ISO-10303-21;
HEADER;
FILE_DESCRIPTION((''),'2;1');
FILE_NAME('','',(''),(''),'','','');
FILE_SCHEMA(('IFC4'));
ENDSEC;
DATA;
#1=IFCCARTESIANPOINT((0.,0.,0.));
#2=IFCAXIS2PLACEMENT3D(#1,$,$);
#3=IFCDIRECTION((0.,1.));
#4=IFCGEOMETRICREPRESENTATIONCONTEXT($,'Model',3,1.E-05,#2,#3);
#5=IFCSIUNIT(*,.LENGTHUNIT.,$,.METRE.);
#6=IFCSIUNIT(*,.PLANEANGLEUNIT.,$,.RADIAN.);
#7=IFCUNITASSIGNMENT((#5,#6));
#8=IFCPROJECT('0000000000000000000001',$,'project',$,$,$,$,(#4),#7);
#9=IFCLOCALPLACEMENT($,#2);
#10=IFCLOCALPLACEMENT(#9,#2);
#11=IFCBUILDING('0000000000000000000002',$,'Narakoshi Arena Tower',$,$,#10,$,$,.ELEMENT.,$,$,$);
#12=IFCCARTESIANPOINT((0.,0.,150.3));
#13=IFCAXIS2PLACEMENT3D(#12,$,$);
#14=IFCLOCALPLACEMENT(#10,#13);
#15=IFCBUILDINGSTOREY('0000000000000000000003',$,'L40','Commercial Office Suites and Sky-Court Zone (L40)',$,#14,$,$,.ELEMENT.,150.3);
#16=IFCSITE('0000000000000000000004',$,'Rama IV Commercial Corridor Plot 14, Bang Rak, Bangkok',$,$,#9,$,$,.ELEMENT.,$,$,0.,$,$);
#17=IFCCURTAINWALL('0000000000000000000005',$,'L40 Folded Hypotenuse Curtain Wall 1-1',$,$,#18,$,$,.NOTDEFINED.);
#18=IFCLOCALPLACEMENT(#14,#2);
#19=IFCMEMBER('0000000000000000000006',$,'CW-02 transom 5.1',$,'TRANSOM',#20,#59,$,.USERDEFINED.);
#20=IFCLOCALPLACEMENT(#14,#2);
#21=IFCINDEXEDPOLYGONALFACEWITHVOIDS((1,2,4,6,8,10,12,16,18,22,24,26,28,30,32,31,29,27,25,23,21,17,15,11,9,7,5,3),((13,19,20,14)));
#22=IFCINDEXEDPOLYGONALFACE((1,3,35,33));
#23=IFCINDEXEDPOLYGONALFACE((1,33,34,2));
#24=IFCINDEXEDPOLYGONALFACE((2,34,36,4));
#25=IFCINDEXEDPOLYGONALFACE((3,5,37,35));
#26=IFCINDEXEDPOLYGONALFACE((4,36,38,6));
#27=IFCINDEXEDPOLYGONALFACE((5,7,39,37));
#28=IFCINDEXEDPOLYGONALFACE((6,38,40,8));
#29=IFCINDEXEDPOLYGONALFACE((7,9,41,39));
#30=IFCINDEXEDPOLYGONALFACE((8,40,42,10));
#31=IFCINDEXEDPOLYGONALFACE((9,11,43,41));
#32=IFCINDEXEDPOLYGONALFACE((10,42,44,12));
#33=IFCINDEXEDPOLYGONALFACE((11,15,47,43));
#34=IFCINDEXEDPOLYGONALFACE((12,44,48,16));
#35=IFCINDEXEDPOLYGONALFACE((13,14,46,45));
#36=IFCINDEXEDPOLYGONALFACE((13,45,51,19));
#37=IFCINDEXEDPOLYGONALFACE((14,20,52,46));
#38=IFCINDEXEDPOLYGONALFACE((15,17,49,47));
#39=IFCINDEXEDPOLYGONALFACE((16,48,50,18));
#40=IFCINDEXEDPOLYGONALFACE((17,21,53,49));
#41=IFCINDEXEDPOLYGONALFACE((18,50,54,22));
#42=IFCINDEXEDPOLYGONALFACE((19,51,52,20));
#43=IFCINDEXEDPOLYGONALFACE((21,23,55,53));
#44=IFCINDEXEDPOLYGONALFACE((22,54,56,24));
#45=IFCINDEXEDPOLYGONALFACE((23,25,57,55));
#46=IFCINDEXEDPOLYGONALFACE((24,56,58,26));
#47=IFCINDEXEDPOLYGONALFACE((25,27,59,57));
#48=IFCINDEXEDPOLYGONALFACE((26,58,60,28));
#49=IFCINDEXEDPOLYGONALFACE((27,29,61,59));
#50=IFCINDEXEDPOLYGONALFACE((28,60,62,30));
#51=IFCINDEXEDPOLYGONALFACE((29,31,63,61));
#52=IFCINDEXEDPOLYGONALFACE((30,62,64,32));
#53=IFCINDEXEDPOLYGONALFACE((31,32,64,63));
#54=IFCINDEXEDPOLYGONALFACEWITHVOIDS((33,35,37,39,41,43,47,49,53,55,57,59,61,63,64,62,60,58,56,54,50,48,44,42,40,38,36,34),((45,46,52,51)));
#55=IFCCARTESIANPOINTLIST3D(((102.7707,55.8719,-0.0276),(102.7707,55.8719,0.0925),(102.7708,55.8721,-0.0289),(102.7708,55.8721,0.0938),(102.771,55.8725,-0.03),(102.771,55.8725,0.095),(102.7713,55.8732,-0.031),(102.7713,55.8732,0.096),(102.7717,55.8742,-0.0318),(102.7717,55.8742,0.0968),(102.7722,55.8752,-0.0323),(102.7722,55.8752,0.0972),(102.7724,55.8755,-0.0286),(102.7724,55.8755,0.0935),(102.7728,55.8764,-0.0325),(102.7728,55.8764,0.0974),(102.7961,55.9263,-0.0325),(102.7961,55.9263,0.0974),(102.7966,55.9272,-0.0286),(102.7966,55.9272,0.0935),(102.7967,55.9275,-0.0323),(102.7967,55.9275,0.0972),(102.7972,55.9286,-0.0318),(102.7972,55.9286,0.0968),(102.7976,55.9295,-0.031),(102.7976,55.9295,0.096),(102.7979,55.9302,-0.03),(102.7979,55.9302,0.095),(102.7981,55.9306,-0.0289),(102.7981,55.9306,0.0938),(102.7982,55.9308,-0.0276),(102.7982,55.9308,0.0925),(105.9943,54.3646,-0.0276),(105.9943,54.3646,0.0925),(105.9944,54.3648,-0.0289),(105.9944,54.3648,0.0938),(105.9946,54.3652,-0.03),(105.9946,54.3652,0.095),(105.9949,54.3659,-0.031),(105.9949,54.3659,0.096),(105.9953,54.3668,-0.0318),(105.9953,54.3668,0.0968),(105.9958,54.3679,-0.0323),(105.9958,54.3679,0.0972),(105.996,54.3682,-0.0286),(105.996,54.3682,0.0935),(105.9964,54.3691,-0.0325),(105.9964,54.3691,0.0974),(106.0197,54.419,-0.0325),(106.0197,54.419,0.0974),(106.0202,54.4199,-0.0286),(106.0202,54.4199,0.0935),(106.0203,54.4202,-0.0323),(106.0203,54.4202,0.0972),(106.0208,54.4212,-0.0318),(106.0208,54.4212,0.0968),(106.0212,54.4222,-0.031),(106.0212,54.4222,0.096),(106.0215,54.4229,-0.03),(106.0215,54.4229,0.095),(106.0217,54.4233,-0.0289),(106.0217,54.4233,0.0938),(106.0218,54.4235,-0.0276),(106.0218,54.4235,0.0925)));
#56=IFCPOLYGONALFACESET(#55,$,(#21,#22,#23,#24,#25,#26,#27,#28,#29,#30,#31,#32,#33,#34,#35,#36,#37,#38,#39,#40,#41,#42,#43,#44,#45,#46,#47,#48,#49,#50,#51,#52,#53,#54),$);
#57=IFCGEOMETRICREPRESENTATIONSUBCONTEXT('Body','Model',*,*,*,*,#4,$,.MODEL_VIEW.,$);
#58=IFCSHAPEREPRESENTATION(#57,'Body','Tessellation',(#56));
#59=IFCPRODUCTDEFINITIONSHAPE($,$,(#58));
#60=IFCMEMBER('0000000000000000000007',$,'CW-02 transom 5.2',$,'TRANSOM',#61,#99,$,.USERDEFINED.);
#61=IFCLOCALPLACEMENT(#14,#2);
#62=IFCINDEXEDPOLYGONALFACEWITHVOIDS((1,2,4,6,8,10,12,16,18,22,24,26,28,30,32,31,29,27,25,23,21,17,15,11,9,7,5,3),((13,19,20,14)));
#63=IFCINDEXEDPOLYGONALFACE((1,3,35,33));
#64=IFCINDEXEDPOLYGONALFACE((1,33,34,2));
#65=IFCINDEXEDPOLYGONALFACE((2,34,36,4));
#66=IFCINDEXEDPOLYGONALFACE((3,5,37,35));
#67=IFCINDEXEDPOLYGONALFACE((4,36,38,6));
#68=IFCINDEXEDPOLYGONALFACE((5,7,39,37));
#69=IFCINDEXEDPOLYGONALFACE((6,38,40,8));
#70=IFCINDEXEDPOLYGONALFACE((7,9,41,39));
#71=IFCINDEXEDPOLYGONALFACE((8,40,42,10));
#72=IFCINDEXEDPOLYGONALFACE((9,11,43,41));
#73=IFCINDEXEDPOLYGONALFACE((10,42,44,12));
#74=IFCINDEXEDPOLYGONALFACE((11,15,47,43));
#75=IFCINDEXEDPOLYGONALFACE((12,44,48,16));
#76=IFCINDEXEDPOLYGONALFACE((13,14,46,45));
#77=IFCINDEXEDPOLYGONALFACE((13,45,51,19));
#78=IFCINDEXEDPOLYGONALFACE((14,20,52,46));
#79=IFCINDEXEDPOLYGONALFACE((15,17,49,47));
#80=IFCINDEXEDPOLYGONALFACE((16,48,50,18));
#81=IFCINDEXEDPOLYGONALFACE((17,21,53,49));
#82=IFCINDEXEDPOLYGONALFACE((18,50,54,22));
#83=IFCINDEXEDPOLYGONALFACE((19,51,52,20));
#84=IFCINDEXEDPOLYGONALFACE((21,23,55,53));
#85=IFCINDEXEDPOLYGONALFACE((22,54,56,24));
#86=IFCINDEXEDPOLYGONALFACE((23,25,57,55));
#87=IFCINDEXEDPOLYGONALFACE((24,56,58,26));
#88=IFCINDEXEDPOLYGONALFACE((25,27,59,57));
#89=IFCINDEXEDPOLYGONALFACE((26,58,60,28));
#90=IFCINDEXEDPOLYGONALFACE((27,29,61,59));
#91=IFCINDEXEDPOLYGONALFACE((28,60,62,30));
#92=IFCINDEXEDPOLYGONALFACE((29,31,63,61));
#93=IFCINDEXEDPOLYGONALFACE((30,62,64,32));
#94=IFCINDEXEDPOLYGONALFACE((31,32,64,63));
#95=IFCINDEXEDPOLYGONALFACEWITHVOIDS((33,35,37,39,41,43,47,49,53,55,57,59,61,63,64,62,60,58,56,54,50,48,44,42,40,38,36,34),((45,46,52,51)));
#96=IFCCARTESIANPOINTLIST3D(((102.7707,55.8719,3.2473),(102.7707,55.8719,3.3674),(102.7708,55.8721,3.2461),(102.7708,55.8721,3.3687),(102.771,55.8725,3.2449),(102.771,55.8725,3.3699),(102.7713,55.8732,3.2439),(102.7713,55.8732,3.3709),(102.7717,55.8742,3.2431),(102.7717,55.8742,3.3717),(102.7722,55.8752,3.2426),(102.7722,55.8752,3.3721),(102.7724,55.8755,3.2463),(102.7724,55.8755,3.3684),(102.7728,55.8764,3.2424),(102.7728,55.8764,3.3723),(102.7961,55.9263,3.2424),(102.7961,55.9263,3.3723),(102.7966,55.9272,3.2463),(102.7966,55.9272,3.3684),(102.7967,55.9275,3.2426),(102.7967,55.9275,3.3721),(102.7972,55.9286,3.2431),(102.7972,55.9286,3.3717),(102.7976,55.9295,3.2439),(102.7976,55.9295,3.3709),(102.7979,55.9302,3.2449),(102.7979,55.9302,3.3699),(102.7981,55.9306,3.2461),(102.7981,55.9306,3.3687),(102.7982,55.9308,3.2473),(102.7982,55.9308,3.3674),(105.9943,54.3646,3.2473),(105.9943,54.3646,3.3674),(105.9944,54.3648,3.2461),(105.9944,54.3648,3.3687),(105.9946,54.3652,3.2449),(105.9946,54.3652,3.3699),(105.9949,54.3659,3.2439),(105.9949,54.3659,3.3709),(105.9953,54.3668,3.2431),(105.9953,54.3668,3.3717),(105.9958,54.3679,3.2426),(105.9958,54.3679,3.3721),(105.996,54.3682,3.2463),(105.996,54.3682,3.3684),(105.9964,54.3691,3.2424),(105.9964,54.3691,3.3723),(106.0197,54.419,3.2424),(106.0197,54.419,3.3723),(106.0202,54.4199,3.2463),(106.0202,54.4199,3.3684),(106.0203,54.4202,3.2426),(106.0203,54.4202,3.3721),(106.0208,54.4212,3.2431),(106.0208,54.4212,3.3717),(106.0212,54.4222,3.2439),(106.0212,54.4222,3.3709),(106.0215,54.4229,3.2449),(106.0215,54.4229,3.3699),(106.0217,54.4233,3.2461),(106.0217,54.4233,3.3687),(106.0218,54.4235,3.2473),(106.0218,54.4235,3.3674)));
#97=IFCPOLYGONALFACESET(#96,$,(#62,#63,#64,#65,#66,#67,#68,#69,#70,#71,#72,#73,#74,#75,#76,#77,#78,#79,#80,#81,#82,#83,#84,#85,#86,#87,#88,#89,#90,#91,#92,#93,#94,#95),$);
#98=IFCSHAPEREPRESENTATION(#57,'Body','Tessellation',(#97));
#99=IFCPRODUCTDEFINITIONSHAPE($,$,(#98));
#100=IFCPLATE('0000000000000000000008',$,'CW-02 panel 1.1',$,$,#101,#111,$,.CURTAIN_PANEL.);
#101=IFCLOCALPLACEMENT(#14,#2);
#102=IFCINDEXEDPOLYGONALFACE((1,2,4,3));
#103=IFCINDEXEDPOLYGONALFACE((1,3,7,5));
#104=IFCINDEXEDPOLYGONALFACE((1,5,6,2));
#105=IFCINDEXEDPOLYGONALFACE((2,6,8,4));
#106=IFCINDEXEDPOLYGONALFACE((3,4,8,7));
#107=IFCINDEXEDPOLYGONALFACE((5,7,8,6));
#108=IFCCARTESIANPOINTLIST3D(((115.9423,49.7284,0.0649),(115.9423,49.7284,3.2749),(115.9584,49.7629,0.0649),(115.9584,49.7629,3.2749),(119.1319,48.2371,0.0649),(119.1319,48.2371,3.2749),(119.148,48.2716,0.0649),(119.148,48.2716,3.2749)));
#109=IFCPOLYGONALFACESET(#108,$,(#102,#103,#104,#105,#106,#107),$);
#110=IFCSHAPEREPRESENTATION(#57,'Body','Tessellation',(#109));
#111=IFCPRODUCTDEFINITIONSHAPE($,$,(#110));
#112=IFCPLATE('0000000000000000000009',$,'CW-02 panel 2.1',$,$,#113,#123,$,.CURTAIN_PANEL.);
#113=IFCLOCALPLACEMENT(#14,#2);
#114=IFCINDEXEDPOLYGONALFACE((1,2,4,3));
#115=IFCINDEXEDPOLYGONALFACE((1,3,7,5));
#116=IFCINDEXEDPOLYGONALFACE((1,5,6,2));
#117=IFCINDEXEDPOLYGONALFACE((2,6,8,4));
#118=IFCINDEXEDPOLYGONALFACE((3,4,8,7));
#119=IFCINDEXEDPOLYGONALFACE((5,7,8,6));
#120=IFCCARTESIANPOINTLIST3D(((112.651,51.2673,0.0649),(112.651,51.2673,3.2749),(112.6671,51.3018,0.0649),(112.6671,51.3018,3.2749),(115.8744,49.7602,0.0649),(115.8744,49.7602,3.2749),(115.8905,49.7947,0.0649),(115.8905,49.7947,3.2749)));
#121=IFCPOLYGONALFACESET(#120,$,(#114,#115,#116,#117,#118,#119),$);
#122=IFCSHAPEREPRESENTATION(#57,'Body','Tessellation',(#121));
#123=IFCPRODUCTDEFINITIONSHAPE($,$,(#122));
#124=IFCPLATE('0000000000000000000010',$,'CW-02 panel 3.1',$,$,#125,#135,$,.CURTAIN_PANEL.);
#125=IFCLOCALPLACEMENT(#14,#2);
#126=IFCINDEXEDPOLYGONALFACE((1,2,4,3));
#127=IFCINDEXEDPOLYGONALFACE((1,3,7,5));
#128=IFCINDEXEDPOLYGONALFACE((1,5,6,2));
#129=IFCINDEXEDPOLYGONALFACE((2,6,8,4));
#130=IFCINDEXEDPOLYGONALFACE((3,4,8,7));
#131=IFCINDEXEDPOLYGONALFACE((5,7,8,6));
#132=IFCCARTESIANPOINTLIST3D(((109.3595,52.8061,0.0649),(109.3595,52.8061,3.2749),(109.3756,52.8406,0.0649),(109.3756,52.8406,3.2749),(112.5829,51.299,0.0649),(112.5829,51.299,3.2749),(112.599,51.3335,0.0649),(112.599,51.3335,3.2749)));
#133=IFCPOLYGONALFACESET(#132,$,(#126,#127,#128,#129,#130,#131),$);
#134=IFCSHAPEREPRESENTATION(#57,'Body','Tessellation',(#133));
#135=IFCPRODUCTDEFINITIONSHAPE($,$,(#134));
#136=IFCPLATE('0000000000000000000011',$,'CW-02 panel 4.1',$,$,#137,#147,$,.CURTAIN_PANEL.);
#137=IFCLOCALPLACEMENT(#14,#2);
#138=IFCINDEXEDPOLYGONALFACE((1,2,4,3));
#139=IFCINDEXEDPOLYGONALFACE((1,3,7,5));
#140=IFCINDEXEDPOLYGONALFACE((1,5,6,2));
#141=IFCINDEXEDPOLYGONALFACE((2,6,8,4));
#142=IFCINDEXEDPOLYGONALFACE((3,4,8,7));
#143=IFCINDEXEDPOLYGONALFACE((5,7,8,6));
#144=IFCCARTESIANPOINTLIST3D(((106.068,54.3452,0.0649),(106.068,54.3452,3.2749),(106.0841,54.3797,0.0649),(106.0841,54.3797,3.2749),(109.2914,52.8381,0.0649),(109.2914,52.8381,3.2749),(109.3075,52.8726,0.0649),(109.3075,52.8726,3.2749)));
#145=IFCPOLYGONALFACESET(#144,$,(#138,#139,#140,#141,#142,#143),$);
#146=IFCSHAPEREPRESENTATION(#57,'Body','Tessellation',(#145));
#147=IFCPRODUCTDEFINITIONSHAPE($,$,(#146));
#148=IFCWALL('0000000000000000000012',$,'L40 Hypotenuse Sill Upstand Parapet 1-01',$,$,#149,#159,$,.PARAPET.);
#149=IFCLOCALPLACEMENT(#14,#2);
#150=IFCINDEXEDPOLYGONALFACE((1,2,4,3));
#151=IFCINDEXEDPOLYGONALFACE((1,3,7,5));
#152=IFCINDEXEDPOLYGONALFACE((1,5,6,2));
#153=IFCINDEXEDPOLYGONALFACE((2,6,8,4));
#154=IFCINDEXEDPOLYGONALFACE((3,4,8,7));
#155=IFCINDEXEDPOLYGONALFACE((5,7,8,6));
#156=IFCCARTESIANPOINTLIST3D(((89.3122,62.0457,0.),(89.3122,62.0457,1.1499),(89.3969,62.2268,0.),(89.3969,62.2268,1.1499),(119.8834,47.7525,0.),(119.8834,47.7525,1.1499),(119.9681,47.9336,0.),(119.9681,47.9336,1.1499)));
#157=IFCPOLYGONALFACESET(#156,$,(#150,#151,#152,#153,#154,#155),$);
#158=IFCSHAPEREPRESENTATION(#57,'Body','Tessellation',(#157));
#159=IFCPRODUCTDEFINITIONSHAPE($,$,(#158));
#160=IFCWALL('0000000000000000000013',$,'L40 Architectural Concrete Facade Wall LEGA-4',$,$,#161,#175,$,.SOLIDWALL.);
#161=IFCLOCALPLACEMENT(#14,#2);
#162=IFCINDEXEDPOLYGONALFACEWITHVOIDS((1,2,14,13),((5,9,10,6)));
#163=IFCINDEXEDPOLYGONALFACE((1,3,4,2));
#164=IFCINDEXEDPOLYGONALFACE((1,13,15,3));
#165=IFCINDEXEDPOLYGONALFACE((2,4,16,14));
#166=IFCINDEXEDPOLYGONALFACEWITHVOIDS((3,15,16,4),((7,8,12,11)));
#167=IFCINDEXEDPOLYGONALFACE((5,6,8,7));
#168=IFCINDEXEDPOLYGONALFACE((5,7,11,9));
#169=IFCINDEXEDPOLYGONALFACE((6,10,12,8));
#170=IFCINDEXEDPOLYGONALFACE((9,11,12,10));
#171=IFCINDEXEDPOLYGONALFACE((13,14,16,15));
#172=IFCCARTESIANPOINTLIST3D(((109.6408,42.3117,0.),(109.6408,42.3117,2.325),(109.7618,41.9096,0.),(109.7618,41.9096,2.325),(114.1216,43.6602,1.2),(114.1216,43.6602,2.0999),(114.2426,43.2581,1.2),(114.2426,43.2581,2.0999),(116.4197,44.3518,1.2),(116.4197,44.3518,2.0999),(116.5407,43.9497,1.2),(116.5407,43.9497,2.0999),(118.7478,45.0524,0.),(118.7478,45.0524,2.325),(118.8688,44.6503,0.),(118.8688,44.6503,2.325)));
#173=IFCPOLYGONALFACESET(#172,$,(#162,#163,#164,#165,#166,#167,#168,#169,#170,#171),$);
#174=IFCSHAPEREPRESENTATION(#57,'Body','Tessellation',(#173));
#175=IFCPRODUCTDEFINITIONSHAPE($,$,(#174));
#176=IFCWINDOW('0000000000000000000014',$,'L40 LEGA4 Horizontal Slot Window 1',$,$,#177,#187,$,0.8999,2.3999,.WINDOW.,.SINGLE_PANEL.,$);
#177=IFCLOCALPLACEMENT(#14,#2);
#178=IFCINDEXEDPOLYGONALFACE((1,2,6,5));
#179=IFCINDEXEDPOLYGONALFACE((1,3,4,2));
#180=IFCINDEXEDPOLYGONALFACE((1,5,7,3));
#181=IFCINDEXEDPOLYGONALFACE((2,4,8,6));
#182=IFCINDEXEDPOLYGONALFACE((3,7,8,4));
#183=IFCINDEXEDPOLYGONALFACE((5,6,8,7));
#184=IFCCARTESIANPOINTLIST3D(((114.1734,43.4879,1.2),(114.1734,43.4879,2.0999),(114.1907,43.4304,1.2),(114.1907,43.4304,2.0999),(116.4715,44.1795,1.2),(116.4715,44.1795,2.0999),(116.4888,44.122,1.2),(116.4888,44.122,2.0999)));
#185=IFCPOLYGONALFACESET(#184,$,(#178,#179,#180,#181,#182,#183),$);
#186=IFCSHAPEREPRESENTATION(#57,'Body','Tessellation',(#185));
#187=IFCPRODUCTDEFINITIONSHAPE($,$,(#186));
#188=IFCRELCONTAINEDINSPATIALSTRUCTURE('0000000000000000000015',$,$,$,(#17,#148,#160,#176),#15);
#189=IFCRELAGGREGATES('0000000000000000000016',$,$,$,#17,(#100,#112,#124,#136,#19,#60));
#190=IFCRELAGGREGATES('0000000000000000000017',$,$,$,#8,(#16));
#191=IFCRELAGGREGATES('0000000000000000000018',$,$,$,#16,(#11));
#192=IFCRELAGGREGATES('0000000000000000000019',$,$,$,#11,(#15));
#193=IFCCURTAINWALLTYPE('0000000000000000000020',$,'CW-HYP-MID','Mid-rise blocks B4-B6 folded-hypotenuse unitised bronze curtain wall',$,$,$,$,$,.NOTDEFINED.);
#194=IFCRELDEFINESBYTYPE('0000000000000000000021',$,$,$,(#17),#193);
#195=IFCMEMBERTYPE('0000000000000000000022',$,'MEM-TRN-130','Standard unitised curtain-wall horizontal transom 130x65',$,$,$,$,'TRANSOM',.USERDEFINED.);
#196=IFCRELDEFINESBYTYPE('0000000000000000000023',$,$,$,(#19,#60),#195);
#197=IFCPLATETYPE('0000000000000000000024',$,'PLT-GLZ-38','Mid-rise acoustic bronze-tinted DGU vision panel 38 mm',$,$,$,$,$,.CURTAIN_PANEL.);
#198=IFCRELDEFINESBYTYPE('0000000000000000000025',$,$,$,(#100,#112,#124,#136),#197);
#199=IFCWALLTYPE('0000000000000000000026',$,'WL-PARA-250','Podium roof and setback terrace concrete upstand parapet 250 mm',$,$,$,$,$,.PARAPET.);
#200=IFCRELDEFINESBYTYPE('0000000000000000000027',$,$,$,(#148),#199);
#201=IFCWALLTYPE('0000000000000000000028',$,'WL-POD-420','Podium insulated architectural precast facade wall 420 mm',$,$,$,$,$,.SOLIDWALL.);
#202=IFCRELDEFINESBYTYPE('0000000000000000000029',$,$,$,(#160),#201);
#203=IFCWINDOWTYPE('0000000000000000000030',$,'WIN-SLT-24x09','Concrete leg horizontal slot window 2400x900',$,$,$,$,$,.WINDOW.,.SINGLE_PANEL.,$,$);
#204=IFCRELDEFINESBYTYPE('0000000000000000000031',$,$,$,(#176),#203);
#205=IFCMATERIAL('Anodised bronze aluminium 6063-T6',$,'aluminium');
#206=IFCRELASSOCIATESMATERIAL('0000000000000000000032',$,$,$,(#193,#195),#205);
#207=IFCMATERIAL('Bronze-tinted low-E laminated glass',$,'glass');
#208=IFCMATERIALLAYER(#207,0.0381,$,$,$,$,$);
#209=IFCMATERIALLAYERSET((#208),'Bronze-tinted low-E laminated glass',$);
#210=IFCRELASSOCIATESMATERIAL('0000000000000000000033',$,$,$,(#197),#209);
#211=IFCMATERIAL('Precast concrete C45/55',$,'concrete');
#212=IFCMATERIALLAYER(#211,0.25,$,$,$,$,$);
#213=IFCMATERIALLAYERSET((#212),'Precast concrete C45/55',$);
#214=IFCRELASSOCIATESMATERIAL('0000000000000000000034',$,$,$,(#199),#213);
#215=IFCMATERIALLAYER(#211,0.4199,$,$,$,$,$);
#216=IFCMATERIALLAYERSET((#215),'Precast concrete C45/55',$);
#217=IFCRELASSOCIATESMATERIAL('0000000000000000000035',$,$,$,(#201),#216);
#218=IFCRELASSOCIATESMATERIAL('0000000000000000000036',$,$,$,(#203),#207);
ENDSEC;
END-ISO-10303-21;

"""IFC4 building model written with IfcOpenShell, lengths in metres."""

from ifc_helpers import new_model, si_unit, direction, frame, frame_2d, origin, origin_2d, place, context, subcontext, project, spatial, rectangle, hollow_rectangle, extrude, material, layer, layer_set, material_profile, profile_set, type_object, element, fill, aggregate, save


model = new_model("IFC4")

# Units and contexts
model_context = context("Model", 3, precision=1e-05, world=origin(), true_north=direction((0.0, 1.0)))
body_context = subcontext(model_context, "Body", "Model", "MODEL_VIEW")
ifc_project = project(units=[si_unit("LENGTHUNIT", "METRE"), si_unit("PLANEANGLEUNIT", "RADIAN")], contexts=[model_context])

# Site, building, storey
site_placement = place(None, origin())
site = spatial("IfcSite", under=ifc_project, at=site_placement, Name="Rama IV Commercial Corridor Plot 14, Bang Rak, Bangkok", CompositionType="ELEMENT", RefElevation=0.0)
building_placement = place(site_placement, origin())
building = spatial("IfcBuilding", under=site, at=building_placement, Name="Narakoshi Arena Tower", CompositionType="ELEMENT")
storey_placement = place(building_placement, frame((0.0, 0.0, 150.3)))
storey = spatial("IfcBuildingStorey", under=building, at=storey_placement, Name="L40", Description="Commercial Office Suites and Sky-Court Zone (L40)", CompositionType="ELEMENT", Elevation=150.3)

# Curtain wall, members, plates
ifc_material_1 = material(Name="Anodised bronze aluminium 6063-T6", Category="aluminium")
curtain_wall_type = type_object("IfcCurtainWallType", Name="CW-HYP-MID", Description="Mid-rise blocks B4-B6 folded-hypotenuse unitised bronze curtain wall", PredefinedType="NOTDEFINED", material=ifc_material_1)
curtain_wall_placement = place(storey_placement, origin())
curtain_wall = element("IfcCurtainWall", 1, at=curtain_wall_placement, inside=storey, type_object=curtain_wall_type, Name="L40 Folded Hypotenuse Curtain Wall 1-1", PredefinedType="NOTDEFINED")
ifc_material_profile_1 = material_profile(ifc_material_1, hollow_rectangle(XDim=0.0649, YDim=0.1299, WallThickness=0.0039, OuterFilletRadius=0.0049, at=origin_2d()), Name="TRN130x65x4")
ifc_profile_set_1 = profile_set([ifc_material_profile_1], Name="Anodised bronze aluminium 6063-T6")
member_type_1 = type_object("IfcMemberType", Name="MEM-TRN-130", Description="Standard unitised curtain-wall horizontal transom 130x65", ElementType="TRANSOM", PredefinedType="USERDEFINED", material=ifc_profile_set_1)
member_1_placement = place(storey_placement, frame((106.0081, 54.394, 0.0325), z_axis=(-0.905864, 0.423569, 0.0), x_axis=(-0.423569, -0.905864, 0.0)))
member_1 = element("IfcMember", 2, at=member_1_placement, type_object=member_type_1, Name="CW-02 transom 5.1", ObjectType="TRANSOM", PredefinedType="USERDEFINED", context=body_context, shape_type="SweptSolid", body=[
    extrude(hollow_rectangle(XDim=0.0649, YDim=0.1299, WallThickness=0.0039, OuterFilletRadius=0.0049, at=origin_2d()), origin(), (0.0, 0.0, 1.0), 3.5586),
])
member_2_placement = place(storey_placement, frame((106.0081, 54.394, 3.3074), z_axis=(-0.905864, 0.423569, 0.0), x_axis=(-0.423569, -0.905864, 0.0)))
member_2 = element("IfcMember", 3, at=member_2_placement, type_object=member_type_1, Name="CW-02 transom 5.2", ObjectType="TRANSOM", PredefinedType="USERDEFINED", context=body_context, shape_type="SweptSolid", body=[
    extrude(hollow_rectangle(XDim=0.0649, YDim=0.1299, WallThickness=0.0039, OuterFilletRadius=0.0049, at=origin_2d()), origin(), (0.0, 0.0, 1.0), 3.5586),
])
ifc_material_2 = material(Name="Bronze-tinted low-E laminated glass", Category="glass")
ifc_layer_1 = layer(ifc_material_2, 0.0381)
ifc_layer_set_1 = layer_set([ifc_layer_1], Name="Bronze-tinted low-E laminated glass")
plate_type = type_object("IfcPlateType", Name="PLT-GLZ-38", Description="Mid-rise acoustic bronze-tinted DGU vision panel 38 mm", PredefinedType="CURTAIN_PANEL", material=ifc_layer_set_1)
plate_1_placement = place(storey_placement, frame((117.5452, 49.0, 0.0649), z_axis=(0.0, 0.0, 1.0), x_axis=(-0.905881, 0.423532, 0.0)))
plate_1 = element("IfcPlate", 4, at=plate_1_placement, type_object=plate_type, Name="CW-02 panel 1.1", PredefinedType="CURTAIN_PANEL", context=body_context, shape_type="SweptSolid", body=[
    extrude(rectangle(XDim=3.521, YDim=0.0381, at=origin_2d()), origin(), (0.0, 0.0, 1.0), 3.21),
])
plate_2_placement = place(storey_placement, frame((114.2708, 50.531, 0.0649), z_axis=(0.0, 0.0, 1.0), x_axis=(-0.905881, 0.423532, 0.0)))
plate_2 = element("IfcPlate", 5, at=plate_2_placement, type_object=plate_type, Name="CW-02 panel 2.1", PredefinedType="CURTAIN_PANEL", context=body_context, shape_type="SweptSolid", body=[
    extrude(rectangle(XDim=3.5583, YDim=0.0381, at=origin_2d()), origin(), (0.0, 0.0, 1.0), 3.21),
])
plate_3_placement = place(storey_placement, frame((110.9792, 52.0698, 0.0649), z_axis=(0.0, 0.0, 1.0), x_axis=(-0.905881, 0.423532, 0.0)))
plate_3 = element("IfcPlate", 6, at=plate_3_placement, type_object=plate_type, Name="CW-02 panel 3.1", PredefinedType="CURTAIN_PANEL", context=body_context, shape_type="SweptSolid", body=[
    extrude(rectangle(XDim=3.5583, YDim=0.0381, at=origin_2d()), origin(), (0.0, 0.0, 1.0), 3.21),
])
plate_4_placement = place(storey_placement, frame((107.6877, 53.6089, 0.0649), z_axis=(0.0, 0.0, 1.0), x_axis=(-0.905881, 0.423532, 0.0)))
plate_4 = element("IfcPlate", 7, at=plate_4_placement, type_object=plate_type, Name="CW-02 panel 4.1", PredefinedType="CURTAIN_PANEL", context=body_context, shape_type="SweptSolid", body=[
    extrude(rectangle(XDim=3.5583, YDim=0.0381, at=origin_2d()), origin(), (0.0, 0.0, 1.0), 3.21),
])
aggregate(curtain_wall, [plate_1, plate_2, plate_3, plate_4, member_1, member_2])

# Wall
ifc_material_3 = material(Name="Precast concrete C45/55", Category="concrete")
ifc_layer_2 = layer(ifc_material_3, 0.25)
ifc_layer_set_2 = layer_set([ifc_layer_2], Name="Precast concrete C45/55")
wall_type_1 = type_object("IfcWallType", Name="WL-PARA-250", Description="Podium roof and setback terrace concrete upstand parapet 250 mm", PredefinedType="PARAPET", material=ifc_layer_set_2)
wall_1_placement = place(storey_placement, frame((119.9258, 47.843, 0.0), z_axis=(0.0, 0.0, 1.0), x_axis=(-0.905881, 0.423533, 0.0)))
element("IfcWall", 8, at=wall_1_placement, inside=storey, type_object=wall_type_1, Name="L40 Hypotenuse Sill Upstand Parapet 1-01", PredefinedType="PARAPET", context=body_context, shape_type="SweptSolid", body=[
    extrude(rectangle(XDim=33.7476, YDim=0.2, at=frame_2d((16.8738, 0.0))), origin(), (0.0, 0.0, 1.0), 1.1499),
])

# Wall, opening, window
ifc_layer_3 = layer(ifc_material_3, 0.4199)
ifc_layer_set_3 = layer_set([ifc_layer_3], Name="Precast concrete C45/55")
wall_type_2 = type_object("IfcWallType", Name="WL-POD-420", Description="Podium insulated architectural precast facade wall 420 mm", PredefinedType="SOLIDWALL", material=ifc_layer_set_3)
wall_2_placement = place(storey_placement, frame((109.7012, 42.1106, 0.0), z_axis=(0.0, 0.0, 1.0), x_axis=(0.957576, 0.288181, 0.0)))
wall_2 = element("IfcWall", 9, at=wall_2_placement, inside=storey, type_object=wall_type_2, Name="L40 Architectural Concrete Facade Wall LEGA-4", PredefinedType="SOLIDWALL", context=body_context, shape_type="SweptSolid", body=[
    extrude(rectangle(XDim=9.5105, YDim=0.4199, at=frame_2d((4.7554, 0.0))), origin(), (0.0, 0.0, 1.0), 2.325),
])
opening_1_placement = place(wall_2_placement, frame((4.6794, 0.0, 1.2)))
opening_1 = element("IfcOpeningElement", 10, at=opening_1_placement, cuts=wall_2, PredefinedType="OPENING", context=body_context, shape_type="SweptSolid", body=[
    extrude(rectangle(XDim=2.3999, YDim=0.8999, at=frame_2d((1.2, 0.45))), frame((0.0, 0.22, 0.0), z_axis=(0.0, -1.0, 0.0), x_axis=(1.0, 0.0, 0.0)), (0.0, 0.0, 1.0), 0.4399),
])
window_type_1 = type_object("IfcWindowType", Name="WIN-SLT-24x09", Description="Concrete leg horizontal slot window 2400x900", PartitioningType="SINGLE_PANEL", PredefinedType="WINDOW", material=ifc_material_2)
window_1_placement = place(opening_1_placement, origin())
window_1 = element("IfcWindow", 11, at=window_1_placement, inside=storey, type_object=window_type_1, Name="L40 LEGA4 Horizontal Slot Window 1", OverallHeight=0.8999, OverallWidth=2.3999, PartitioningType="SINGLE_PANEL", PredefinedType="WINDOW", context=body_context, shape_type="SweptSolid", body=[
    extrude(rectangle(XDim=2.3999, YDim=0.8999, at=frame_2d((1.2, 0.45))), frame((0.0, 0.03, 0.0), z_axis=(0.0, -1.0, 0.0), x_axis=(1.0, 0.0, 0.0)), (0.0, 0.0, 1.0), 0.0601),
])
fill(opening_1, window_1)

save(model, "model.ifc")
